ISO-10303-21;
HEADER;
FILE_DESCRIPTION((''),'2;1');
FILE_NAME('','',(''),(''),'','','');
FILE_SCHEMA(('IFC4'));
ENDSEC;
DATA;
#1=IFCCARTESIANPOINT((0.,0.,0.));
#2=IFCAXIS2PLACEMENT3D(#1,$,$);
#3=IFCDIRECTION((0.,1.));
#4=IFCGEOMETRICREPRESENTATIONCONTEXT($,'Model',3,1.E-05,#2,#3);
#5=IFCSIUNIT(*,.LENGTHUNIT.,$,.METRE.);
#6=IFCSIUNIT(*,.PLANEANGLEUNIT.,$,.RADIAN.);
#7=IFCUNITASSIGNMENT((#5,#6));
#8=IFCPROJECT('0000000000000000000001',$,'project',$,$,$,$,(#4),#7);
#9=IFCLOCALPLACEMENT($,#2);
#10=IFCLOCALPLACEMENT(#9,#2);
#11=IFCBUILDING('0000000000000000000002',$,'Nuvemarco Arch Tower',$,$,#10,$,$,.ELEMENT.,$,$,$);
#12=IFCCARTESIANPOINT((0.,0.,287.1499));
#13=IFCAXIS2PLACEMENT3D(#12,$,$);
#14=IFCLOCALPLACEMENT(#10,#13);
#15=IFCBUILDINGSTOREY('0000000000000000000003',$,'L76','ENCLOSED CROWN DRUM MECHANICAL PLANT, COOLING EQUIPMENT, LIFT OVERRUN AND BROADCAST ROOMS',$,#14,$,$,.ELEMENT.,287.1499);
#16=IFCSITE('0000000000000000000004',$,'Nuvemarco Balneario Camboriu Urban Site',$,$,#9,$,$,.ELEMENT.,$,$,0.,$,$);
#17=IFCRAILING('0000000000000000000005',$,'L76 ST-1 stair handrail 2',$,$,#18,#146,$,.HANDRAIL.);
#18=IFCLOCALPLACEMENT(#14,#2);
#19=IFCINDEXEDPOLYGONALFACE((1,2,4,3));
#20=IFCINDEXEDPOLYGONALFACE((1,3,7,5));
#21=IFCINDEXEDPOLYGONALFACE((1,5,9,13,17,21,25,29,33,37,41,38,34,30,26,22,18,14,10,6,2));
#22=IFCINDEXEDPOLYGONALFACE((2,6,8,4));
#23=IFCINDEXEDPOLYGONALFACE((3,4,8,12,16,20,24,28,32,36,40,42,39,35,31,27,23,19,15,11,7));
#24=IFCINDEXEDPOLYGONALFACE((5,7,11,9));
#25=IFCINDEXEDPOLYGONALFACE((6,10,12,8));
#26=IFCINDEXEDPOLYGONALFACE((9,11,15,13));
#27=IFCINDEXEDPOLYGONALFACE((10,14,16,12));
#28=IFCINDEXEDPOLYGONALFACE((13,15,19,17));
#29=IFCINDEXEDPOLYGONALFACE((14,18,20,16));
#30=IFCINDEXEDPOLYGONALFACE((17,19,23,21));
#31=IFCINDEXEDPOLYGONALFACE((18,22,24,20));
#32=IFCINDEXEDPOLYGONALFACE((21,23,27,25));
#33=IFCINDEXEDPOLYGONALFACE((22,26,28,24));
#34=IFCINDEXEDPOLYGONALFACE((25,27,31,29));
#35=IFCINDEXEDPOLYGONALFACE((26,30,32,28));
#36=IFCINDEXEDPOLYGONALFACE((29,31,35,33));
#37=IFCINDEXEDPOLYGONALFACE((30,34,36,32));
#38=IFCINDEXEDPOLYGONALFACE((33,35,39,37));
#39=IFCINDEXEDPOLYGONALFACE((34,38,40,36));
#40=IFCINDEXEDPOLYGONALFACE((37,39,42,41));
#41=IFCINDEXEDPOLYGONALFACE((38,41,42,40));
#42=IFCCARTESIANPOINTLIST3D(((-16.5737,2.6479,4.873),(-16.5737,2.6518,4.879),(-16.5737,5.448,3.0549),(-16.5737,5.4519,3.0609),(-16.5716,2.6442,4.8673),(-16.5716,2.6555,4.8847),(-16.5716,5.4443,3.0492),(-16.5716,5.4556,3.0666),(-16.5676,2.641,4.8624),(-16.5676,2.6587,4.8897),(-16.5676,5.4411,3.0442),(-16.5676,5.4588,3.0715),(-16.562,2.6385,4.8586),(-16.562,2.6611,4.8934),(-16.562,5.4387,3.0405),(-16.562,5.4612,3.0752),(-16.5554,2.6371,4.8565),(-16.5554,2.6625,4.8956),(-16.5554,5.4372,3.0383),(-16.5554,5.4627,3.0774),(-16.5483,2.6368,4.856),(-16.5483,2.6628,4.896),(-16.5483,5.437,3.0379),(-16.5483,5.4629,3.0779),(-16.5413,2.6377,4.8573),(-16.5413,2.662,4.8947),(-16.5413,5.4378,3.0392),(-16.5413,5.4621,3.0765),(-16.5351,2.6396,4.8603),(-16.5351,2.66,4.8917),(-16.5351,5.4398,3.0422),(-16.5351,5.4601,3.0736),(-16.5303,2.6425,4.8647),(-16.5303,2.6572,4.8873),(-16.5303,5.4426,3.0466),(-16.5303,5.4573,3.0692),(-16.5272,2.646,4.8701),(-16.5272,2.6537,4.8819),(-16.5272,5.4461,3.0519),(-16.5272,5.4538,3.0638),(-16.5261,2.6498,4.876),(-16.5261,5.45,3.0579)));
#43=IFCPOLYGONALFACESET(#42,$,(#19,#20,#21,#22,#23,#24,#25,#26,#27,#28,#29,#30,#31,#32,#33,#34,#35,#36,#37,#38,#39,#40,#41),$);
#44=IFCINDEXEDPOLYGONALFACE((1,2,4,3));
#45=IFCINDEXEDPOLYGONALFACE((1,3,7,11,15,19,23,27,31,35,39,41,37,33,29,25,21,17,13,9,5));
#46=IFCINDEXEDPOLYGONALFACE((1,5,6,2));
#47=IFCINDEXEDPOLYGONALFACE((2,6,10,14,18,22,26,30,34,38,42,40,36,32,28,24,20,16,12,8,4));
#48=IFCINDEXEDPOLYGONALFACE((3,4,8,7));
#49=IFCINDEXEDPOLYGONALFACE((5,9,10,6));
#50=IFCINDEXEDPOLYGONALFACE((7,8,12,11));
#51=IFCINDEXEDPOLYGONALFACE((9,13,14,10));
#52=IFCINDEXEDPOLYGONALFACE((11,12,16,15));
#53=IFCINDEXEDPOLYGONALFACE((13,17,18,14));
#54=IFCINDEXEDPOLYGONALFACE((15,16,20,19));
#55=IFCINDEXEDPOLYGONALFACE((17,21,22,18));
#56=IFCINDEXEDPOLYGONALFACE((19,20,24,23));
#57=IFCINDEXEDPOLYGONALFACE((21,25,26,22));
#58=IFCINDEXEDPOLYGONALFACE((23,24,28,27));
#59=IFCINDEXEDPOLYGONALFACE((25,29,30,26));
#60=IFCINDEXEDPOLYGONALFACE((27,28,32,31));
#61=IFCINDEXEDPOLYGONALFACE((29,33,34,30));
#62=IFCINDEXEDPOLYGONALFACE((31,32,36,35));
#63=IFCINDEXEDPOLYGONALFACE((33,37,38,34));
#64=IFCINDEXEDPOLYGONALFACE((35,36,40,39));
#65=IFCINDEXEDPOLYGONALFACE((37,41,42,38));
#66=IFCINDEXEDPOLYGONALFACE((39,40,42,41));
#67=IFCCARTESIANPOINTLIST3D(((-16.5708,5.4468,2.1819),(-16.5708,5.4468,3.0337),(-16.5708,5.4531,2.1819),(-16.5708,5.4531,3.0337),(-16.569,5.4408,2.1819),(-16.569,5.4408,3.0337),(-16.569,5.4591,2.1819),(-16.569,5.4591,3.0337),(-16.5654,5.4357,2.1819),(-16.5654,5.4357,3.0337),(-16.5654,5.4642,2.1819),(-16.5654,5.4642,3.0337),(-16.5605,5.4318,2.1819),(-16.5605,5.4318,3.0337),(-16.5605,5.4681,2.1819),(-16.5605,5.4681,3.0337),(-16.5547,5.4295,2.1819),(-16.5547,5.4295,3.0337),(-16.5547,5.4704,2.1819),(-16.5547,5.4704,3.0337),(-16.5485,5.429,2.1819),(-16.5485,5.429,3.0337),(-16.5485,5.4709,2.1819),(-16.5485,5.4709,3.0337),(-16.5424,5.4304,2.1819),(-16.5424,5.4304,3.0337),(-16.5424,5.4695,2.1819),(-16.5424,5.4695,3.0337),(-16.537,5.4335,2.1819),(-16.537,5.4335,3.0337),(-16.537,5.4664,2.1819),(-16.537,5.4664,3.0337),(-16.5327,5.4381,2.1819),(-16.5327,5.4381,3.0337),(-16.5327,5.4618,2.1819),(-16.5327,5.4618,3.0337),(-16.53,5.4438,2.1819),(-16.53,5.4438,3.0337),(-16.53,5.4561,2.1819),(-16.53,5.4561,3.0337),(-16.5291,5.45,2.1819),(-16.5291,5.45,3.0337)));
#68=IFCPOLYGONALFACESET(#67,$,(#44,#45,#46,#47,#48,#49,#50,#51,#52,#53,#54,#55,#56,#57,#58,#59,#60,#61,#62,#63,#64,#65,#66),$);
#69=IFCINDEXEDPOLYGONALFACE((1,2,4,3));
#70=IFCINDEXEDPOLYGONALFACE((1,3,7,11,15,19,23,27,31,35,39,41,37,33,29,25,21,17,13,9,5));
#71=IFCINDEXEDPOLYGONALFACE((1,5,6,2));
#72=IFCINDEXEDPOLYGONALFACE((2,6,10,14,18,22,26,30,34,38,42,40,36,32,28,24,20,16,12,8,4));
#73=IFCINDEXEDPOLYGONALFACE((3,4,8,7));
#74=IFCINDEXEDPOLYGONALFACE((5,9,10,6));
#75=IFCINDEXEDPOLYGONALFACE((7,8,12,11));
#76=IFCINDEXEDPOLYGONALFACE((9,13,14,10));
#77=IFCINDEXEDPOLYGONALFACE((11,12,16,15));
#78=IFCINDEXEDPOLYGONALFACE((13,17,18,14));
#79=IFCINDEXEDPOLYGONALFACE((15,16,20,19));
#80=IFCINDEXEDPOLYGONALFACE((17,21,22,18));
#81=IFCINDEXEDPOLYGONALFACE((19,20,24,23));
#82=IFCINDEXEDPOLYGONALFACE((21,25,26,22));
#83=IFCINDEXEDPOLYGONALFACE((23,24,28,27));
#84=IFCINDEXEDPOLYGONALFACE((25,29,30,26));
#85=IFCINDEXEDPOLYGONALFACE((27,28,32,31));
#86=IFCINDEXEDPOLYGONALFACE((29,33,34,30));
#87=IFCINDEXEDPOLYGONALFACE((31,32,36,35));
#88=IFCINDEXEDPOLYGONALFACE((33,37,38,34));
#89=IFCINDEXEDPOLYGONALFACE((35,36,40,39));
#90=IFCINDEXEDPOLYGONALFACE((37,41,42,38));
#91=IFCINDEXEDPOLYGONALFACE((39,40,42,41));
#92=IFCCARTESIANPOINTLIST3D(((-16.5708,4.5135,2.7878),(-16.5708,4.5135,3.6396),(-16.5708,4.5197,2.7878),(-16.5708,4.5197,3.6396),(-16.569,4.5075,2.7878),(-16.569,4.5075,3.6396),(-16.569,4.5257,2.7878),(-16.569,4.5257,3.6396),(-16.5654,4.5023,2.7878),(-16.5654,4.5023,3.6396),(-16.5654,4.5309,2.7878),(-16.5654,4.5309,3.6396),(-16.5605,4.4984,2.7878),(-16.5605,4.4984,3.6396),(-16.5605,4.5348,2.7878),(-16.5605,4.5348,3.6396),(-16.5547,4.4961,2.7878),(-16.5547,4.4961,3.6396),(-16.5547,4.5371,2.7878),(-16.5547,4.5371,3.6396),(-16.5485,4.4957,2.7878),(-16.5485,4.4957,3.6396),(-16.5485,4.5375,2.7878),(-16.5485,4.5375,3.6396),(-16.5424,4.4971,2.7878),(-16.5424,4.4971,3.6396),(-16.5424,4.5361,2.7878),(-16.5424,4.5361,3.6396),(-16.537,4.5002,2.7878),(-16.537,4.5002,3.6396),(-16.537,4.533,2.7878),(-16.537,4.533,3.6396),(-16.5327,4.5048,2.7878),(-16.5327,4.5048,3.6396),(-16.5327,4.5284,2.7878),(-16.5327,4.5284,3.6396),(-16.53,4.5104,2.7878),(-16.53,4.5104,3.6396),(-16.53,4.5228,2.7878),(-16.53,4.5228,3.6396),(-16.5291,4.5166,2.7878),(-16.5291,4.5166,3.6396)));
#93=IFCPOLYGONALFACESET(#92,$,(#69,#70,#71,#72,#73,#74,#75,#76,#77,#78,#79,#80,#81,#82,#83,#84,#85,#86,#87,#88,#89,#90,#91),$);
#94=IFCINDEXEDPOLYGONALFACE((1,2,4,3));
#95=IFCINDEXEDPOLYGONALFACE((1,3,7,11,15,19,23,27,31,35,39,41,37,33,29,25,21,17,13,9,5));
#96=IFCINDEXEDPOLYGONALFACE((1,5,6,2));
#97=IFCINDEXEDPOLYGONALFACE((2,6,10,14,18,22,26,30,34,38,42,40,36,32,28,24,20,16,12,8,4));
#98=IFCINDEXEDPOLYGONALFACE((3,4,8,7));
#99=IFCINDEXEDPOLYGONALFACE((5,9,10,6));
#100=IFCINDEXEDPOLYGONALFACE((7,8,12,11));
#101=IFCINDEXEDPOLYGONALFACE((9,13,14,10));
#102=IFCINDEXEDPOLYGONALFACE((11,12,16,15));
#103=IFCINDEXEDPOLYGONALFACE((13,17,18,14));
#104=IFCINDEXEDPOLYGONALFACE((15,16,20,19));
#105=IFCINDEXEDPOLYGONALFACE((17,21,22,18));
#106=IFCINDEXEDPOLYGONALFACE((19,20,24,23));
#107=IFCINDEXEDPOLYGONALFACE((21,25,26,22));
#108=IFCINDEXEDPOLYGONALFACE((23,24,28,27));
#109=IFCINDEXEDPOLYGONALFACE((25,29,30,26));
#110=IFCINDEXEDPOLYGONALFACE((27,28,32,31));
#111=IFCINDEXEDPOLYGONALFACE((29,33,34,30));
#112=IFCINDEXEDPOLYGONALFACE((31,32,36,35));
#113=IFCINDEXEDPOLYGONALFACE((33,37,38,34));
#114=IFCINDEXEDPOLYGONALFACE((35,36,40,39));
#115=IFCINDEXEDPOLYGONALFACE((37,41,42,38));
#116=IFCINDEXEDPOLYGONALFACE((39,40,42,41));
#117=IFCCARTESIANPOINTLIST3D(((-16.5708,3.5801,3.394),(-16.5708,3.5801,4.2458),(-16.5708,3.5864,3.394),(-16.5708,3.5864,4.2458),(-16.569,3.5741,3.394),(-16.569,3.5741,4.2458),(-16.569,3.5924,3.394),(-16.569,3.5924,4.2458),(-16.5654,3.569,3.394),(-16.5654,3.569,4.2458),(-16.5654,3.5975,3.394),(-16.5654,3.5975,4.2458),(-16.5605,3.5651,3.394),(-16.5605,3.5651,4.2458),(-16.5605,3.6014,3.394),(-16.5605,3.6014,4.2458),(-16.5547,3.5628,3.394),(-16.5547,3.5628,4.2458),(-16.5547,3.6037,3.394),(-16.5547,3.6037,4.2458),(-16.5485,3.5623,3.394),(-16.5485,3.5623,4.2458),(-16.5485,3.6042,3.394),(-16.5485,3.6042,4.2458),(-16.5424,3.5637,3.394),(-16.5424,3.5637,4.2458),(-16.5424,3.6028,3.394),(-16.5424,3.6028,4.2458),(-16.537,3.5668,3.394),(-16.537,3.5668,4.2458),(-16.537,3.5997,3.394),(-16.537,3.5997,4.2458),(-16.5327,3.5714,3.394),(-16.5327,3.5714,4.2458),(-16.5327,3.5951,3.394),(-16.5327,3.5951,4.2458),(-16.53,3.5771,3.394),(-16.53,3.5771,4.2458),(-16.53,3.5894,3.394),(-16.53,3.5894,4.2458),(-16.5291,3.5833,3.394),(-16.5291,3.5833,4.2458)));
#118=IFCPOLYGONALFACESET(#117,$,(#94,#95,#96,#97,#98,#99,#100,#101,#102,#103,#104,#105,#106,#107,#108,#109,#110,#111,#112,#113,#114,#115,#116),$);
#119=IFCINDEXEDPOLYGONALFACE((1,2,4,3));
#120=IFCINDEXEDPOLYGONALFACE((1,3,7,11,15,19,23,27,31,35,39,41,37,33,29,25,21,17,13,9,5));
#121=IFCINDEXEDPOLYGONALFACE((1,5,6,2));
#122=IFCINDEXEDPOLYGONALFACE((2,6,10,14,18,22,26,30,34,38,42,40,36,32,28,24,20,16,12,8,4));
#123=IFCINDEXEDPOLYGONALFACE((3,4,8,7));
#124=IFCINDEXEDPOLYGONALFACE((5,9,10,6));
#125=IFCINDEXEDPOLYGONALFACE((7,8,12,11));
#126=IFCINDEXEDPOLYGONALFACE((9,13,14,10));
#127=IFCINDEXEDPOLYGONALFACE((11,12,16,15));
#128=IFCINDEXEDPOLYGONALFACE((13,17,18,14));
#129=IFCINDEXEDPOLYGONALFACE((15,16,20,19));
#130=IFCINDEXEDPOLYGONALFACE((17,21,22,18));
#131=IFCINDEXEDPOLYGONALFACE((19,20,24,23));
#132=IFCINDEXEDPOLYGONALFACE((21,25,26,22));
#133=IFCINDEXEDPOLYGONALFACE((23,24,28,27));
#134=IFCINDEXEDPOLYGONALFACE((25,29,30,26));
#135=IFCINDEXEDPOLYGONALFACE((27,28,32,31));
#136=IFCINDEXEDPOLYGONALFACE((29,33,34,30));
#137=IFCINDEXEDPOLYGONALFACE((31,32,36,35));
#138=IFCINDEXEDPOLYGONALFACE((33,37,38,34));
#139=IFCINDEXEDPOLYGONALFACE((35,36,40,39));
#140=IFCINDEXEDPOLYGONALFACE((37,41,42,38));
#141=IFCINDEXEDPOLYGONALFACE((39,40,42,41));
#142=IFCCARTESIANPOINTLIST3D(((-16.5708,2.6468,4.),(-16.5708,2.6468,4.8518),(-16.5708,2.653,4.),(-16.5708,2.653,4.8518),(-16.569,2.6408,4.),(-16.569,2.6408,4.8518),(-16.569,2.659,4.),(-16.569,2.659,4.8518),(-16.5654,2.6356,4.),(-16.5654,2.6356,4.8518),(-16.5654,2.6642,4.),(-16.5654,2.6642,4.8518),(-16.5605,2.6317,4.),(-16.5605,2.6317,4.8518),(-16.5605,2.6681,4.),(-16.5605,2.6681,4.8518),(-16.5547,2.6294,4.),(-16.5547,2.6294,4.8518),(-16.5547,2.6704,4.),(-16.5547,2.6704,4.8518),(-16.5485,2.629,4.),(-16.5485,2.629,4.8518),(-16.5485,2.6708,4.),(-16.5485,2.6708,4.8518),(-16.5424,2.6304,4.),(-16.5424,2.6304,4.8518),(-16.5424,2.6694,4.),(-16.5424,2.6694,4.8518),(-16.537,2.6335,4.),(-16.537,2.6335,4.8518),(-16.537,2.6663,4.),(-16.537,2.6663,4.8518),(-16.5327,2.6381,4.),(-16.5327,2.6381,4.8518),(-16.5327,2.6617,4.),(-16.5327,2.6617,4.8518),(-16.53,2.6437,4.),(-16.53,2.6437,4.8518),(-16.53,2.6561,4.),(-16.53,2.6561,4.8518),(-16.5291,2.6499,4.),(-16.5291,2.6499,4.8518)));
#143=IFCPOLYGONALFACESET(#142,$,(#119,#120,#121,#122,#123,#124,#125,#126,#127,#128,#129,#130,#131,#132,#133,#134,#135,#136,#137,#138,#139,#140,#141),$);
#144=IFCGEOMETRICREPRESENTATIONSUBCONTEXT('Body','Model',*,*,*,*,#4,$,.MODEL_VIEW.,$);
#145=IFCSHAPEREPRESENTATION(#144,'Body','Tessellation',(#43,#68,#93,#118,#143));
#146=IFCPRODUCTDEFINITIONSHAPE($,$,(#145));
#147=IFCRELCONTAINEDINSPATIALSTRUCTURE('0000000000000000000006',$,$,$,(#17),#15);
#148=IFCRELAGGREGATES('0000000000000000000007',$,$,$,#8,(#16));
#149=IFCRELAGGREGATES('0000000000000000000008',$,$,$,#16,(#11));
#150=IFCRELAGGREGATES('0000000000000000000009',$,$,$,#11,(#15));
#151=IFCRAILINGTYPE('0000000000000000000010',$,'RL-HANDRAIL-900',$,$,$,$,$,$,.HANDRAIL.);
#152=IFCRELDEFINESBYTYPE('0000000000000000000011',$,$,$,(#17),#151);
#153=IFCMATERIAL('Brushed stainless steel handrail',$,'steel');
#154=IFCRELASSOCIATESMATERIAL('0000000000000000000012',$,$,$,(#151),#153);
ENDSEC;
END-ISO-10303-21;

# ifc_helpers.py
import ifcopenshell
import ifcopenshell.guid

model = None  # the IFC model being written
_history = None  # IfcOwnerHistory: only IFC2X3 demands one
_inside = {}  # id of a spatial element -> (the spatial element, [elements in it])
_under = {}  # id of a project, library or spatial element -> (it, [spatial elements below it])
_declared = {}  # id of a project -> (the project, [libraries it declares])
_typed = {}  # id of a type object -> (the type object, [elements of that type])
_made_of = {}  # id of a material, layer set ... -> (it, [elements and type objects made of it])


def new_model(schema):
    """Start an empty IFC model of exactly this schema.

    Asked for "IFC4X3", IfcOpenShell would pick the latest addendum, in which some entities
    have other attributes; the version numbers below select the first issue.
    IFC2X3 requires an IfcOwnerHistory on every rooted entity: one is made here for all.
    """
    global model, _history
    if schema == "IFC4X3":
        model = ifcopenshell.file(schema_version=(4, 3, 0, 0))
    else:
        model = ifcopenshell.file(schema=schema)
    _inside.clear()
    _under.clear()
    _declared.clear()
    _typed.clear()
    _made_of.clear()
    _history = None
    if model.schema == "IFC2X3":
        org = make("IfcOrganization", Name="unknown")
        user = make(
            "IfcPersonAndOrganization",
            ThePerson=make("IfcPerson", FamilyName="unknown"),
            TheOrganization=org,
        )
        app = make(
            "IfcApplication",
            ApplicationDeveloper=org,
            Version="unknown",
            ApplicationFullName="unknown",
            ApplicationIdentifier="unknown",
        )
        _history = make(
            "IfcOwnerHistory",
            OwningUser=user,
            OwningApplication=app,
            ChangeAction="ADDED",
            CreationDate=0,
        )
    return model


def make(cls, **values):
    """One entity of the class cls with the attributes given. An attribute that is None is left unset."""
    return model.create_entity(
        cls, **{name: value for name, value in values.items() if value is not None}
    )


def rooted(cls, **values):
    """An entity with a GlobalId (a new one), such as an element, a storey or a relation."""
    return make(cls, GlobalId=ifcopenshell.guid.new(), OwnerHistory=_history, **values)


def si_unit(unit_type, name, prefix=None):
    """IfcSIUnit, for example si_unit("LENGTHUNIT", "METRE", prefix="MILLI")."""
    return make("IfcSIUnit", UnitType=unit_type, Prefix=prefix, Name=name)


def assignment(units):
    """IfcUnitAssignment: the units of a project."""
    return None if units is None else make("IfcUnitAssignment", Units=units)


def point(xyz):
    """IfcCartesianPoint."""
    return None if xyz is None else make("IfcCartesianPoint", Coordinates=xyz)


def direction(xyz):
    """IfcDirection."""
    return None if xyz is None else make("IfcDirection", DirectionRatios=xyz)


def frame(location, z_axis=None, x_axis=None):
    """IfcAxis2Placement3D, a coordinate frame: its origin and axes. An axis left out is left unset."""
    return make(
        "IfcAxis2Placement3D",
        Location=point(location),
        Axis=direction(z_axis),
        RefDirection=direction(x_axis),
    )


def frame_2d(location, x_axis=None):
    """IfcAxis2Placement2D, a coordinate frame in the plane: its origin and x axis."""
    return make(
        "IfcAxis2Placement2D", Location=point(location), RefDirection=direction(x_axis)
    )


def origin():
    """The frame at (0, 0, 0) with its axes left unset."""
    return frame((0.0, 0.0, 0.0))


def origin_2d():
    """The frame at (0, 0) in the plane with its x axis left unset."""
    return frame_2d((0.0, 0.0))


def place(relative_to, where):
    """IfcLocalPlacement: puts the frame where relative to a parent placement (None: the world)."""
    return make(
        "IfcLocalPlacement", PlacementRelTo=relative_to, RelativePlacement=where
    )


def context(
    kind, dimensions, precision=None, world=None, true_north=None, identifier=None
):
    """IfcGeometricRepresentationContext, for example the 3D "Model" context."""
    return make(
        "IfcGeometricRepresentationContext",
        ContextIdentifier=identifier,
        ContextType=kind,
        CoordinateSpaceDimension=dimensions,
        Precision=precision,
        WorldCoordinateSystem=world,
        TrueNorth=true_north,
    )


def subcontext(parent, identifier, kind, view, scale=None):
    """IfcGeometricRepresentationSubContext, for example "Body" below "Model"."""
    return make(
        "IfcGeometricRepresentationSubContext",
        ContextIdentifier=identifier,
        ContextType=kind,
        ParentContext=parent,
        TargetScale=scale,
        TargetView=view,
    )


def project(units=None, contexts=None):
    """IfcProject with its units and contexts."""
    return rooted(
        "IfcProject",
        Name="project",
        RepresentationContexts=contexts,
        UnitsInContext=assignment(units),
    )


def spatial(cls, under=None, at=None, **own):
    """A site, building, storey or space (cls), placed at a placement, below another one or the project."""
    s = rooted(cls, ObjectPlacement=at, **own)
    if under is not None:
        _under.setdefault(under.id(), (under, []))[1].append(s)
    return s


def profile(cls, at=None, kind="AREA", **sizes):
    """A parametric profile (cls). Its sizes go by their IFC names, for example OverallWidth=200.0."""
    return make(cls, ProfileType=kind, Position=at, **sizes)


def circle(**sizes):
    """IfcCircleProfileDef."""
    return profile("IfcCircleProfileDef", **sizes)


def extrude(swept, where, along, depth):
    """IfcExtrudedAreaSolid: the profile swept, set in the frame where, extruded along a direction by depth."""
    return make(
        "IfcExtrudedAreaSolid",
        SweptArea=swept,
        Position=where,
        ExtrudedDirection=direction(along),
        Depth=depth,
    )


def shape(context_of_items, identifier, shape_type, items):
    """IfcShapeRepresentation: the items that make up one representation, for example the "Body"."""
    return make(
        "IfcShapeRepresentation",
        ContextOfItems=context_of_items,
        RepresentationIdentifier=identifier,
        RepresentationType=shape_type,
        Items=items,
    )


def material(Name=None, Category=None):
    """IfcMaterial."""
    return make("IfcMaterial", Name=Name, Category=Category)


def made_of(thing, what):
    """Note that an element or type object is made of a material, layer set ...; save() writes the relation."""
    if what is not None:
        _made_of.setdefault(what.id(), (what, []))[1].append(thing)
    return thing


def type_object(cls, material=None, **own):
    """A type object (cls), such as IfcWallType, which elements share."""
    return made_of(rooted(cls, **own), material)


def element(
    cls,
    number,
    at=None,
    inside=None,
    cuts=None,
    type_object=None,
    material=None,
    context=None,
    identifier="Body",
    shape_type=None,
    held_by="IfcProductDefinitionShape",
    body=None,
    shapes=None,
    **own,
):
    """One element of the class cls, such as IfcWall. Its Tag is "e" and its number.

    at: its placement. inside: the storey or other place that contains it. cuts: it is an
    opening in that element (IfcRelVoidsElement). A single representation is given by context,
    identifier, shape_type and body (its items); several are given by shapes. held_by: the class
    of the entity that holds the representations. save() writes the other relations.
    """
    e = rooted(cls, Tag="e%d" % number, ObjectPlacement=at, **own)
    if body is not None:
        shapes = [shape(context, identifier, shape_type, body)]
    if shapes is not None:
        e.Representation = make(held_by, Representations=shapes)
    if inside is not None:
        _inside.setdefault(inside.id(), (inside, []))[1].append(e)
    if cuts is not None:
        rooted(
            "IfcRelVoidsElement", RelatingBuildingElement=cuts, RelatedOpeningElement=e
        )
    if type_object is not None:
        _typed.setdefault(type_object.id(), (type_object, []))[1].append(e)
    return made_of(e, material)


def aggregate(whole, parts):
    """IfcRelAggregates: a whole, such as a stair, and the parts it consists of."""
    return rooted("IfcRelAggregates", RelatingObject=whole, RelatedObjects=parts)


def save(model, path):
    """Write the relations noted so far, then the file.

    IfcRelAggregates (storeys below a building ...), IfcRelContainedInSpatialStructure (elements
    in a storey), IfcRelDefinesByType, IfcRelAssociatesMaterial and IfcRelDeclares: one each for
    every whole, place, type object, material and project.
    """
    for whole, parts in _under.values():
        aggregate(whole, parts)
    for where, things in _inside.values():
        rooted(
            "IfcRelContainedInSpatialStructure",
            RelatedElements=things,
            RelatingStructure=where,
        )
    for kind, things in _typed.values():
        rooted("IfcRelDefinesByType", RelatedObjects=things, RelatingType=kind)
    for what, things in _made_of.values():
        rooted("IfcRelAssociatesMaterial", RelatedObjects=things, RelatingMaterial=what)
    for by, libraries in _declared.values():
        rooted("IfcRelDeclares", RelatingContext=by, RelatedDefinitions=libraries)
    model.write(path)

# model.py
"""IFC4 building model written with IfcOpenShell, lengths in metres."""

from ifc_helpers import new_model, si_unit, direction, frame, origin, origin_2d, place, context, subcontext, project, spatial, circle, extrude, material, type_object, element, save


model = new_model("IFC4")

# Units and contexts
model_context = context("Model", 3, precision=1e-05, world=origin(), true_north=direction((0.0, 1.0)))
body_context = subcontext(model_context, "Body", "Model", "MODEL_VIEW")
ifc_project = project(units=[si_unit("LENGTHUNIT", "METRE"), si_unit("PLANEANGLEUNIT", "RADIAN")], contexts=[model_context])

# Site, building, storey
site_placement = place(None, origin())
site = spatial("IfcSite", under=ifc_project, at=site_placement, Name="Nuvemarco Balneario Camboriu Urban Site", CompositionType="ELEMENT", RefElevation=0.0)
building_placement = place(site_placement, origin())
building = spatial("IfcBuilding", under=site, at=building_placement, Name="Nuvemarco Arch Tower", CompositionType="ELEMENT")
storey_placement = place(building_placement, frame((0.0, 0.0, 287.1499)))
storey = spatial("IfcBuildingStorey", under=building, at=storey_placement, Name="L76", Description="ENCLOSED CROWN DRUM MECHANICAL PLANT, COOLING EQUIPMENT, LIFT OVERRUN AND BROADCAST ROOMS", CompositionType="ELEMENT", Elevation=287.1499)

# Railing
ifc_material_1 = material(Name="Brushed stainless steel handrail", Category="steel")
railing_type_1 = type_object("IfcRailingType", Name="RL-HANDRAIL-900", PredefinedType="HANDRAIL", material=ifc_material_1)
railing_1_placement = place(storey_placement, frame((-16.55, 5.45, 2.1819)))
element("IfcRailing", 1, at=railing_1_placement, inside=storey, type_object=railing_type_1, Name="L76 ST-1 stair handrail 2", PredefinedType="HANDRAIL", context=body_context, shape_type="SweptSolid", body=[
    extrude(circle(Radius=0.0239, at=origin_2d()), frame((0.0, 0.0, 0.876), z_axis=(0.0, -0.838706, 0.544585), x_axis=(1.0, 0.0, 0.0)), (0.0, 0.0, 1.0), 3.3386),
    extrude(circle(Radius=0.021, at=origin_2d()), origin(), (0.0, 0.0, 1.0), 0.8518),
    extrude(circle(Radius=0.021, at=origin_2d()), frame((0.0, -0.9333, 0.606)), (0.0, 0.0, 1.0), 0.8518),
    extrude(circle(Radius=0.021, at=origin_2d()), frame((0.0, -1.8667, 1.2122)), (0.0, 0.0, 1.0), 0.8518),
    extrude(circle(Radius=0.021, at=origin_2d()), frame((0.0, -2.8, 1.8181)), (0.0, 0.0, 1.0), 0.8518),
])

save(model, "model.ifc")
